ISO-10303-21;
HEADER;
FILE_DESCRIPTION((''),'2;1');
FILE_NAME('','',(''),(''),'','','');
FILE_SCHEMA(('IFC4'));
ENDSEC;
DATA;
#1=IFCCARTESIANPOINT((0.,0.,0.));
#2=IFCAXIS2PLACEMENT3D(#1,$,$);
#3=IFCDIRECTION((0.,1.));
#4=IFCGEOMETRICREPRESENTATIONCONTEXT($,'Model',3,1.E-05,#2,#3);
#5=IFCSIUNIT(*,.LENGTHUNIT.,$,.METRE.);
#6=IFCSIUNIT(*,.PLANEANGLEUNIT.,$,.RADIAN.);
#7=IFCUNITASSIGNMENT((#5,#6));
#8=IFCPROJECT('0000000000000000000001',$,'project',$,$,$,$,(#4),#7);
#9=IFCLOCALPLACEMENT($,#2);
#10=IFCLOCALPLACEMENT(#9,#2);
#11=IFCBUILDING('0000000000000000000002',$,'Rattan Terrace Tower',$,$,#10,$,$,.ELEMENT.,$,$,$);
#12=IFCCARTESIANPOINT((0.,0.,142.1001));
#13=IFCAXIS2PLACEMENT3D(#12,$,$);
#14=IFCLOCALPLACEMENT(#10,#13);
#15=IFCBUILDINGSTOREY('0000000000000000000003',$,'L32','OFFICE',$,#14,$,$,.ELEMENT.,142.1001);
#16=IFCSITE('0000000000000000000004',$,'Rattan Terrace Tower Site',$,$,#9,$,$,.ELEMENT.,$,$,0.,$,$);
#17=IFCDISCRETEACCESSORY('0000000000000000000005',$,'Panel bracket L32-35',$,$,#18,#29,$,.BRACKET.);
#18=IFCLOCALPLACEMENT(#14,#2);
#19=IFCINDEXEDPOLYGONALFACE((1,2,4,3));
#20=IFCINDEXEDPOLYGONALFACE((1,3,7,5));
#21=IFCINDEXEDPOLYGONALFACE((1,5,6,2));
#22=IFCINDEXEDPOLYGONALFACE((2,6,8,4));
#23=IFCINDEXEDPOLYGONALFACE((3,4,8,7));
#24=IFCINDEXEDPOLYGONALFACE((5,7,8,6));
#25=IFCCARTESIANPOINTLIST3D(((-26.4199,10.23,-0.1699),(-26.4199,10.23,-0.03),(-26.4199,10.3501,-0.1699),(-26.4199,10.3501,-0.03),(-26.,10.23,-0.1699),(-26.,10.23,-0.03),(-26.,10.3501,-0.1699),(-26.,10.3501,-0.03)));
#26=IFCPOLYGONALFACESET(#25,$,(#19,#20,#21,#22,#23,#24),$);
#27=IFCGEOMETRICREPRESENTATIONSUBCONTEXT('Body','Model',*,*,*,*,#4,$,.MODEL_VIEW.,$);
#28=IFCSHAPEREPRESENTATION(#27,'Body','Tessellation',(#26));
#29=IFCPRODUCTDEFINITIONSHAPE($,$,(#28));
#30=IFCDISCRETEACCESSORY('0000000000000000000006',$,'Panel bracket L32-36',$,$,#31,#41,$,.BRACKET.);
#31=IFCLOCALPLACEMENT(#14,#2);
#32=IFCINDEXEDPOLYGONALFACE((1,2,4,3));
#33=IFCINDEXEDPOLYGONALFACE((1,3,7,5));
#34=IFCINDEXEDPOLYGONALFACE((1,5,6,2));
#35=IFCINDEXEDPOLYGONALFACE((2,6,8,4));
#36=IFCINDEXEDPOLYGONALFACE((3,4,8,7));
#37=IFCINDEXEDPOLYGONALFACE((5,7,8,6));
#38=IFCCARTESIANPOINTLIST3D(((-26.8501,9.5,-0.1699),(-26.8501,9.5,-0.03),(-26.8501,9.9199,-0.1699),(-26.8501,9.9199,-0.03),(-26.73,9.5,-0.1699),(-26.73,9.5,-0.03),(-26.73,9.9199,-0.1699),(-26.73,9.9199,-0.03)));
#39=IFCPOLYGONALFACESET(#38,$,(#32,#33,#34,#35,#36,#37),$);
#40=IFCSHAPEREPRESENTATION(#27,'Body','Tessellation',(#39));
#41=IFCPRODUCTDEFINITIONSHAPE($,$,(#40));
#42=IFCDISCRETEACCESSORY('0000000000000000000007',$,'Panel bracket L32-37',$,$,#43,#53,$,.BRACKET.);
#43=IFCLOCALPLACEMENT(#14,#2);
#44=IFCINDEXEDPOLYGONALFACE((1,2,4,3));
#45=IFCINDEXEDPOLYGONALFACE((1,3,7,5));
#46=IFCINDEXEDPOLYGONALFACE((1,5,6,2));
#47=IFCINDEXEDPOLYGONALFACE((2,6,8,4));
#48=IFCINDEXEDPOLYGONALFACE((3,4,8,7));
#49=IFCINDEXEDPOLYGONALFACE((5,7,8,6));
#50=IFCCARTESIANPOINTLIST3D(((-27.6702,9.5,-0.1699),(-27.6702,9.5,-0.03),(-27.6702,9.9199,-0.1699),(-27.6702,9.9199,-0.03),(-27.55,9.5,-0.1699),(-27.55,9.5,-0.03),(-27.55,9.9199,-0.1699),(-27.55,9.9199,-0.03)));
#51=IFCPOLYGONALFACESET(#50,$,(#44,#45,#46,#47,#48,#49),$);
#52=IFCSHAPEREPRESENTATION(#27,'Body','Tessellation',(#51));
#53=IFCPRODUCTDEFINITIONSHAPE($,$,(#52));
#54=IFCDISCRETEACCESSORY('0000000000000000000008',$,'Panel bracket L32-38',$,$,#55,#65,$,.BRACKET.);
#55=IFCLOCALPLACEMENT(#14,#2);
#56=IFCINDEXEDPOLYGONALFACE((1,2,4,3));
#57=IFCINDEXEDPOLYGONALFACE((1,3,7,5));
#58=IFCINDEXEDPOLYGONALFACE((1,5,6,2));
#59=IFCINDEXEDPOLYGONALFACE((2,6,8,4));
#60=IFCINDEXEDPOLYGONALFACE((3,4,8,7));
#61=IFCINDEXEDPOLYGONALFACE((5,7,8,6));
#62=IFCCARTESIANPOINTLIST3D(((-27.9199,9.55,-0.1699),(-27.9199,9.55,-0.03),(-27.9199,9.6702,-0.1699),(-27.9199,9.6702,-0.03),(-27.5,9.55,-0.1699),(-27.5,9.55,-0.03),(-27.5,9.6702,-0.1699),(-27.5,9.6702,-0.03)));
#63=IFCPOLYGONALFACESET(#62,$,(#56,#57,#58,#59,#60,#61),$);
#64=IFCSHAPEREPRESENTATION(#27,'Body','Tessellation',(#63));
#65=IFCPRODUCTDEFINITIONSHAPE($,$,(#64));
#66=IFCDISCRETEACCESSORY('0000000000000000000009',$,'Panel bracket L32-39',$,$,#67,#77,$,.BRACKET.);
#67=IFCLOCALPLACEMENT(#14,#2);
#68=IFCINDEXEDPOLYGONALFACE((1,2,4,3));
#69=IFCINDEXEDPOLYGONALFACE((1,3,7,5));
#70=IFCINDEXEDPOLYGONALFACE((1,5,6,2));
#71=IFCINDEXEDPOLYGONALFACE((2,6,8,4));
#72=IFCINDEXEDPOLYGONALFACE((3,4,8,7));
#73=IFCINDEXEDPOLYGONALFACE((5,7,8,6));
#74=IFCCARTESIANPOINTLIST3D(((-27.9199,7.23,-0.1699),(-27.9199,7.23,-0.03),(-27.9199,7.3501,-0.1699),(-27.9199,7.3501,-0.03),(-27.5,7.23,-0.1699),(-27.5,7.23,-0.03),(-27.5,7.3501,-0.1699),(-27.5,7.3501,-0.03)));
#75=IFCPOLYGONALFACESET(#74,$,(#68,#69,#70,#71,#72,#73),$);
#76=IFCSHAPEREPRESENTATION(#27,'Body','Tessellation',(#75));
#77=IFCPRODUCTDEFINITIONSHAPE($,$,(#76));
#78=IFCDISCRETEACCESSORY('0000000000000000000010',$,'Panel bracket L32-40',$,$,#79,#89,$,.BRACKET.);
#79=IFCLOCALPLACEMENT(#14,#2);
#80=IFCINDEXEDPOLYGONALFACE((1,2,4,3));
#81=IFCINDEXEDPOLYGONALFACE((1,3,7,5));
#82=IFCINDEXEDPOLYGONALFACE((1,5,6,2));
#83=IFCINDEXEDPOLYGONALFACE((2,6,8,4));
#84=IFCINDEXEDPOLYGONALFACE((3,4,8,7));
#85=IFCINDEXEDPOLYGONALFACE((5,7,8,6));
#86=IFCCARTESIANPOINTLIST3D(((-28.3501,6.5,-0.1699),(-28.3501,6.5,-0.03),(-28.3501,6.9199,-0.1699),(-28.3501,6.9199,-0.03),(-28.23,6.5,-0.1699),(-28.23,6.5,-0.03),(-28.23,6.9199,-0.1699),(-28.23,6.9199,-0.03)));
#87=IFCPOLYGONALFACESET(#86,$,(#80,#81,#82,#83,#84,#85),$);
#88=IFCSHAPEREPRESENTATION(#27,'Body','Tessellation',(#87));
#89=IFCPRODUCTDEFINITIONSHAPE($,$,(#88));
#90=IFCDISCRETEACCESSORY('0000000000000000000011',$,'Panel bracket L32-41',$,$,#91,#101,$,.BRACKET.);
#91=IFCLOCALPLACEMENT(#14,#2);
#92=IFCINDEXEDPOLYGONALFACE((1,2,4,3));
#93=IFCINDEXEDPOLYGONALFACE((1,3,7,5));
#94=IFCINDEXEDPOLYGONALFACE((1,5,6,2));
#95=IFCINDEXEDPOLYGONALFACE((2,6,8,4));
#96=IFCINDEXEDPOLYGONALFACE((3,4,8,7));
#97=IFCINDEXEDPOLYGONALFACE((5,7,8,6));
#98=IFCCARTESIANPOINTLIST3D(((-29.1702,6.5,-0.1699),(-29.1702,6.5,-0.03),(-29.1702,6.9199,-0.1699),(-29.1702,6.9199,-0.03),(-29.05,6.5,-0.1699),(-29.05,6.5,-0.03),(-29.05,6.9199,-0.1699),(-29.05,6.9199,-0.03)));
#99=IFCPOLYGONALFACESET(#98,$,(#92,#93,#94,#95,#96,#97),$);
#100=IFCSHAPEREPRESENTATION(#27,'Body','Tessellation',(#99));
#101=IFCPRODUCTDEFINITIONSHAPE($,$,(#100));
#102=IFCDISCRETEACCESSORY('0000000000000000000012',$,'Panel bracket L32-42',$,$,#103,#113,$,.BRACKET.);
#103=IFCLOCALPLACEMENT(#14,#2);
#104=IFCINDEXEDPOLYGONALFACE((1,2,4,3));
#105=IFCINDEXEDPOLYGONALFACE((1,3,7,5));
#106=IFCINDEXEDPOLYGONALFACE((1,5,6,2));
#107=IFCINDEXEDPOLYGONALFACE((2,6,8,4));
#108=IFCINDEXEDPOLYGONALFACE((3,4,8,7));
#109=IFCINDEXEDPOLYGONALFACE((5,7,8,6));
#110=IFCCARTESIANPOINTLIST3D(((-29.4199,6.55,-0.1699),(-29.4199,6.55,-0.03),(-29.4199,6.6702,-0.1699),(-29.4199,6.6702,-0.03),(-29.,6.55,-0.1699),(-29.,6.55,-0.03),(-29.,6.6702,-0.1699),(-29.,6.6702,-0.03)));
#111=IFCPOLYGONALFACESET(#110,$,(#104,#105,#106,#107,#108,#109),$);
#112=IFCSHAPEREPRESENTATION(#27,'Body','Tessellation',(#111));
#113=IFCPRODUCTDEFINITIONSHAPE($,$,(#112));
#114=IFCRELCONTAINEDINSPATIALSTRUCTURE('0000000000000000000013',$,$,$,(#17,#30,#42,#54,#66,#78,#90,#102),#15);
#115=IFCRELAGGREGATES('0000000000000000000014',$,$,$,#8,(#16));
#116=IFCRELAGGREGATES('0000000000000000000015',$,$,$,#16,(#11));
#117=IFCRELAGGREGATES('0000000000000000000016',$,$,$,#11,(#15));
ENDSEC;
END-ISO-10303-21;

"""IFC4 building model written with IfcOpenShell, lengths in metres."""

from ifc_helpers import new_model, si_unit, direction, frame, origin, origin_2d, place, context, subcontext, project, spatial, rectangle, extrude, element, save


model = new_model("IFC4")

# Units and contexts
model_context = context("Model", 3, precision=1e-05, world=origin(), true_north=direction((0.0, 1.0)))
body_context = subcontext(model_context, "Body", "Model", "MODEL_VIEW")
ifc_project = project(units=[si_unit("LENGTHUNIT", "METRE"), si_unit("PLANEANGLEUNIT", "RADIAN")], contexts=[model_context])

# Site, building, storey
site_placement = place(None, origin())
site = spatial("IfcSite", under=ifc_project, at=site_placement, Name="Rattan Terrace Tower Site", CompositionType="ELEMENT", RefElevation=0.0)
building_placement = place(site_placement, origin())
building = spatial("IfcBuilding", under=site, at=building_placement, Name="Rattan Terrace Tower", CompositionType="ELEMENT")
storey_placement = place(building_placement, frame((0.0, 0.0, 142.1001)))
storey = spatial("IfcBuildingStorey", under=building, at=storey_placement, Name="L32", Description="OFFICE", CompositionType="ELEMENT", Elevation=142.1001)

# Discrete accessories
for number, where, z_axis, x_axis, name in (
    (1, (-26.21, 10.29, -0.1699), (0.0, 0.0, 1.0), (0.0, -1.0, 0.0), "Panel bracket L32-35"),
    (2, (-26.79, 9.71, -0.1699), (0.0, 0.0, 1.0), (-1.0, 0.0, 0.0), "Panel bracket L32-36"),
    (3, (-27.6101, 9.71, -0.1699), (0.0, 0.0, 1.0), (-1.0, 0.0, 0.0), "Panel bracket L32-37"),
    (4, (-27.71, 9.6101, -0.1699), (0.0, 0.0, 1.0), (0.0, -1.0, 0.0), "Panel bracket L32-38"),
    (5, (-27.71, 7.29, -0.1699), (0.0, 0.0, 1.0), (0.0, -1.0, 0.0), "Panel bracket L32-39"),
    (6, (-28.29, 6.71, -0.1699), (0.0, 0.0, 1.0), (-1.0, 0.0, 0.0), "Panel bracket L32-40"),
    (7, (-29.1101, 6.71, -0.1699), (0.0, 0.0, 1.0), (-1.0, 0.0, 0.0), "Panel bracket L32-41"),
    (8, (-29.21, 6.6101, -0.1699), (0.0, 0.0, 1.0), (0.0, -1.0, 0.0), "Panel bracket L32-42"),
):
    element("IfcDiscreteAccessory", number, at=place(storey_placement, frame(where, z_axis=z_axis, x_axis=x_axis)), inside=storey, Name=name, PredefinedType="BRACKET", context=body_context, shape_type="SweptSolid", body=[
        extrude(rectangle(XDim=0.1201, YDim=0.4199, at=origin_2d()), origin(), (0.0, 0.0, 1.0), 0.1399),
    ])

save(model, "model.ifc")
